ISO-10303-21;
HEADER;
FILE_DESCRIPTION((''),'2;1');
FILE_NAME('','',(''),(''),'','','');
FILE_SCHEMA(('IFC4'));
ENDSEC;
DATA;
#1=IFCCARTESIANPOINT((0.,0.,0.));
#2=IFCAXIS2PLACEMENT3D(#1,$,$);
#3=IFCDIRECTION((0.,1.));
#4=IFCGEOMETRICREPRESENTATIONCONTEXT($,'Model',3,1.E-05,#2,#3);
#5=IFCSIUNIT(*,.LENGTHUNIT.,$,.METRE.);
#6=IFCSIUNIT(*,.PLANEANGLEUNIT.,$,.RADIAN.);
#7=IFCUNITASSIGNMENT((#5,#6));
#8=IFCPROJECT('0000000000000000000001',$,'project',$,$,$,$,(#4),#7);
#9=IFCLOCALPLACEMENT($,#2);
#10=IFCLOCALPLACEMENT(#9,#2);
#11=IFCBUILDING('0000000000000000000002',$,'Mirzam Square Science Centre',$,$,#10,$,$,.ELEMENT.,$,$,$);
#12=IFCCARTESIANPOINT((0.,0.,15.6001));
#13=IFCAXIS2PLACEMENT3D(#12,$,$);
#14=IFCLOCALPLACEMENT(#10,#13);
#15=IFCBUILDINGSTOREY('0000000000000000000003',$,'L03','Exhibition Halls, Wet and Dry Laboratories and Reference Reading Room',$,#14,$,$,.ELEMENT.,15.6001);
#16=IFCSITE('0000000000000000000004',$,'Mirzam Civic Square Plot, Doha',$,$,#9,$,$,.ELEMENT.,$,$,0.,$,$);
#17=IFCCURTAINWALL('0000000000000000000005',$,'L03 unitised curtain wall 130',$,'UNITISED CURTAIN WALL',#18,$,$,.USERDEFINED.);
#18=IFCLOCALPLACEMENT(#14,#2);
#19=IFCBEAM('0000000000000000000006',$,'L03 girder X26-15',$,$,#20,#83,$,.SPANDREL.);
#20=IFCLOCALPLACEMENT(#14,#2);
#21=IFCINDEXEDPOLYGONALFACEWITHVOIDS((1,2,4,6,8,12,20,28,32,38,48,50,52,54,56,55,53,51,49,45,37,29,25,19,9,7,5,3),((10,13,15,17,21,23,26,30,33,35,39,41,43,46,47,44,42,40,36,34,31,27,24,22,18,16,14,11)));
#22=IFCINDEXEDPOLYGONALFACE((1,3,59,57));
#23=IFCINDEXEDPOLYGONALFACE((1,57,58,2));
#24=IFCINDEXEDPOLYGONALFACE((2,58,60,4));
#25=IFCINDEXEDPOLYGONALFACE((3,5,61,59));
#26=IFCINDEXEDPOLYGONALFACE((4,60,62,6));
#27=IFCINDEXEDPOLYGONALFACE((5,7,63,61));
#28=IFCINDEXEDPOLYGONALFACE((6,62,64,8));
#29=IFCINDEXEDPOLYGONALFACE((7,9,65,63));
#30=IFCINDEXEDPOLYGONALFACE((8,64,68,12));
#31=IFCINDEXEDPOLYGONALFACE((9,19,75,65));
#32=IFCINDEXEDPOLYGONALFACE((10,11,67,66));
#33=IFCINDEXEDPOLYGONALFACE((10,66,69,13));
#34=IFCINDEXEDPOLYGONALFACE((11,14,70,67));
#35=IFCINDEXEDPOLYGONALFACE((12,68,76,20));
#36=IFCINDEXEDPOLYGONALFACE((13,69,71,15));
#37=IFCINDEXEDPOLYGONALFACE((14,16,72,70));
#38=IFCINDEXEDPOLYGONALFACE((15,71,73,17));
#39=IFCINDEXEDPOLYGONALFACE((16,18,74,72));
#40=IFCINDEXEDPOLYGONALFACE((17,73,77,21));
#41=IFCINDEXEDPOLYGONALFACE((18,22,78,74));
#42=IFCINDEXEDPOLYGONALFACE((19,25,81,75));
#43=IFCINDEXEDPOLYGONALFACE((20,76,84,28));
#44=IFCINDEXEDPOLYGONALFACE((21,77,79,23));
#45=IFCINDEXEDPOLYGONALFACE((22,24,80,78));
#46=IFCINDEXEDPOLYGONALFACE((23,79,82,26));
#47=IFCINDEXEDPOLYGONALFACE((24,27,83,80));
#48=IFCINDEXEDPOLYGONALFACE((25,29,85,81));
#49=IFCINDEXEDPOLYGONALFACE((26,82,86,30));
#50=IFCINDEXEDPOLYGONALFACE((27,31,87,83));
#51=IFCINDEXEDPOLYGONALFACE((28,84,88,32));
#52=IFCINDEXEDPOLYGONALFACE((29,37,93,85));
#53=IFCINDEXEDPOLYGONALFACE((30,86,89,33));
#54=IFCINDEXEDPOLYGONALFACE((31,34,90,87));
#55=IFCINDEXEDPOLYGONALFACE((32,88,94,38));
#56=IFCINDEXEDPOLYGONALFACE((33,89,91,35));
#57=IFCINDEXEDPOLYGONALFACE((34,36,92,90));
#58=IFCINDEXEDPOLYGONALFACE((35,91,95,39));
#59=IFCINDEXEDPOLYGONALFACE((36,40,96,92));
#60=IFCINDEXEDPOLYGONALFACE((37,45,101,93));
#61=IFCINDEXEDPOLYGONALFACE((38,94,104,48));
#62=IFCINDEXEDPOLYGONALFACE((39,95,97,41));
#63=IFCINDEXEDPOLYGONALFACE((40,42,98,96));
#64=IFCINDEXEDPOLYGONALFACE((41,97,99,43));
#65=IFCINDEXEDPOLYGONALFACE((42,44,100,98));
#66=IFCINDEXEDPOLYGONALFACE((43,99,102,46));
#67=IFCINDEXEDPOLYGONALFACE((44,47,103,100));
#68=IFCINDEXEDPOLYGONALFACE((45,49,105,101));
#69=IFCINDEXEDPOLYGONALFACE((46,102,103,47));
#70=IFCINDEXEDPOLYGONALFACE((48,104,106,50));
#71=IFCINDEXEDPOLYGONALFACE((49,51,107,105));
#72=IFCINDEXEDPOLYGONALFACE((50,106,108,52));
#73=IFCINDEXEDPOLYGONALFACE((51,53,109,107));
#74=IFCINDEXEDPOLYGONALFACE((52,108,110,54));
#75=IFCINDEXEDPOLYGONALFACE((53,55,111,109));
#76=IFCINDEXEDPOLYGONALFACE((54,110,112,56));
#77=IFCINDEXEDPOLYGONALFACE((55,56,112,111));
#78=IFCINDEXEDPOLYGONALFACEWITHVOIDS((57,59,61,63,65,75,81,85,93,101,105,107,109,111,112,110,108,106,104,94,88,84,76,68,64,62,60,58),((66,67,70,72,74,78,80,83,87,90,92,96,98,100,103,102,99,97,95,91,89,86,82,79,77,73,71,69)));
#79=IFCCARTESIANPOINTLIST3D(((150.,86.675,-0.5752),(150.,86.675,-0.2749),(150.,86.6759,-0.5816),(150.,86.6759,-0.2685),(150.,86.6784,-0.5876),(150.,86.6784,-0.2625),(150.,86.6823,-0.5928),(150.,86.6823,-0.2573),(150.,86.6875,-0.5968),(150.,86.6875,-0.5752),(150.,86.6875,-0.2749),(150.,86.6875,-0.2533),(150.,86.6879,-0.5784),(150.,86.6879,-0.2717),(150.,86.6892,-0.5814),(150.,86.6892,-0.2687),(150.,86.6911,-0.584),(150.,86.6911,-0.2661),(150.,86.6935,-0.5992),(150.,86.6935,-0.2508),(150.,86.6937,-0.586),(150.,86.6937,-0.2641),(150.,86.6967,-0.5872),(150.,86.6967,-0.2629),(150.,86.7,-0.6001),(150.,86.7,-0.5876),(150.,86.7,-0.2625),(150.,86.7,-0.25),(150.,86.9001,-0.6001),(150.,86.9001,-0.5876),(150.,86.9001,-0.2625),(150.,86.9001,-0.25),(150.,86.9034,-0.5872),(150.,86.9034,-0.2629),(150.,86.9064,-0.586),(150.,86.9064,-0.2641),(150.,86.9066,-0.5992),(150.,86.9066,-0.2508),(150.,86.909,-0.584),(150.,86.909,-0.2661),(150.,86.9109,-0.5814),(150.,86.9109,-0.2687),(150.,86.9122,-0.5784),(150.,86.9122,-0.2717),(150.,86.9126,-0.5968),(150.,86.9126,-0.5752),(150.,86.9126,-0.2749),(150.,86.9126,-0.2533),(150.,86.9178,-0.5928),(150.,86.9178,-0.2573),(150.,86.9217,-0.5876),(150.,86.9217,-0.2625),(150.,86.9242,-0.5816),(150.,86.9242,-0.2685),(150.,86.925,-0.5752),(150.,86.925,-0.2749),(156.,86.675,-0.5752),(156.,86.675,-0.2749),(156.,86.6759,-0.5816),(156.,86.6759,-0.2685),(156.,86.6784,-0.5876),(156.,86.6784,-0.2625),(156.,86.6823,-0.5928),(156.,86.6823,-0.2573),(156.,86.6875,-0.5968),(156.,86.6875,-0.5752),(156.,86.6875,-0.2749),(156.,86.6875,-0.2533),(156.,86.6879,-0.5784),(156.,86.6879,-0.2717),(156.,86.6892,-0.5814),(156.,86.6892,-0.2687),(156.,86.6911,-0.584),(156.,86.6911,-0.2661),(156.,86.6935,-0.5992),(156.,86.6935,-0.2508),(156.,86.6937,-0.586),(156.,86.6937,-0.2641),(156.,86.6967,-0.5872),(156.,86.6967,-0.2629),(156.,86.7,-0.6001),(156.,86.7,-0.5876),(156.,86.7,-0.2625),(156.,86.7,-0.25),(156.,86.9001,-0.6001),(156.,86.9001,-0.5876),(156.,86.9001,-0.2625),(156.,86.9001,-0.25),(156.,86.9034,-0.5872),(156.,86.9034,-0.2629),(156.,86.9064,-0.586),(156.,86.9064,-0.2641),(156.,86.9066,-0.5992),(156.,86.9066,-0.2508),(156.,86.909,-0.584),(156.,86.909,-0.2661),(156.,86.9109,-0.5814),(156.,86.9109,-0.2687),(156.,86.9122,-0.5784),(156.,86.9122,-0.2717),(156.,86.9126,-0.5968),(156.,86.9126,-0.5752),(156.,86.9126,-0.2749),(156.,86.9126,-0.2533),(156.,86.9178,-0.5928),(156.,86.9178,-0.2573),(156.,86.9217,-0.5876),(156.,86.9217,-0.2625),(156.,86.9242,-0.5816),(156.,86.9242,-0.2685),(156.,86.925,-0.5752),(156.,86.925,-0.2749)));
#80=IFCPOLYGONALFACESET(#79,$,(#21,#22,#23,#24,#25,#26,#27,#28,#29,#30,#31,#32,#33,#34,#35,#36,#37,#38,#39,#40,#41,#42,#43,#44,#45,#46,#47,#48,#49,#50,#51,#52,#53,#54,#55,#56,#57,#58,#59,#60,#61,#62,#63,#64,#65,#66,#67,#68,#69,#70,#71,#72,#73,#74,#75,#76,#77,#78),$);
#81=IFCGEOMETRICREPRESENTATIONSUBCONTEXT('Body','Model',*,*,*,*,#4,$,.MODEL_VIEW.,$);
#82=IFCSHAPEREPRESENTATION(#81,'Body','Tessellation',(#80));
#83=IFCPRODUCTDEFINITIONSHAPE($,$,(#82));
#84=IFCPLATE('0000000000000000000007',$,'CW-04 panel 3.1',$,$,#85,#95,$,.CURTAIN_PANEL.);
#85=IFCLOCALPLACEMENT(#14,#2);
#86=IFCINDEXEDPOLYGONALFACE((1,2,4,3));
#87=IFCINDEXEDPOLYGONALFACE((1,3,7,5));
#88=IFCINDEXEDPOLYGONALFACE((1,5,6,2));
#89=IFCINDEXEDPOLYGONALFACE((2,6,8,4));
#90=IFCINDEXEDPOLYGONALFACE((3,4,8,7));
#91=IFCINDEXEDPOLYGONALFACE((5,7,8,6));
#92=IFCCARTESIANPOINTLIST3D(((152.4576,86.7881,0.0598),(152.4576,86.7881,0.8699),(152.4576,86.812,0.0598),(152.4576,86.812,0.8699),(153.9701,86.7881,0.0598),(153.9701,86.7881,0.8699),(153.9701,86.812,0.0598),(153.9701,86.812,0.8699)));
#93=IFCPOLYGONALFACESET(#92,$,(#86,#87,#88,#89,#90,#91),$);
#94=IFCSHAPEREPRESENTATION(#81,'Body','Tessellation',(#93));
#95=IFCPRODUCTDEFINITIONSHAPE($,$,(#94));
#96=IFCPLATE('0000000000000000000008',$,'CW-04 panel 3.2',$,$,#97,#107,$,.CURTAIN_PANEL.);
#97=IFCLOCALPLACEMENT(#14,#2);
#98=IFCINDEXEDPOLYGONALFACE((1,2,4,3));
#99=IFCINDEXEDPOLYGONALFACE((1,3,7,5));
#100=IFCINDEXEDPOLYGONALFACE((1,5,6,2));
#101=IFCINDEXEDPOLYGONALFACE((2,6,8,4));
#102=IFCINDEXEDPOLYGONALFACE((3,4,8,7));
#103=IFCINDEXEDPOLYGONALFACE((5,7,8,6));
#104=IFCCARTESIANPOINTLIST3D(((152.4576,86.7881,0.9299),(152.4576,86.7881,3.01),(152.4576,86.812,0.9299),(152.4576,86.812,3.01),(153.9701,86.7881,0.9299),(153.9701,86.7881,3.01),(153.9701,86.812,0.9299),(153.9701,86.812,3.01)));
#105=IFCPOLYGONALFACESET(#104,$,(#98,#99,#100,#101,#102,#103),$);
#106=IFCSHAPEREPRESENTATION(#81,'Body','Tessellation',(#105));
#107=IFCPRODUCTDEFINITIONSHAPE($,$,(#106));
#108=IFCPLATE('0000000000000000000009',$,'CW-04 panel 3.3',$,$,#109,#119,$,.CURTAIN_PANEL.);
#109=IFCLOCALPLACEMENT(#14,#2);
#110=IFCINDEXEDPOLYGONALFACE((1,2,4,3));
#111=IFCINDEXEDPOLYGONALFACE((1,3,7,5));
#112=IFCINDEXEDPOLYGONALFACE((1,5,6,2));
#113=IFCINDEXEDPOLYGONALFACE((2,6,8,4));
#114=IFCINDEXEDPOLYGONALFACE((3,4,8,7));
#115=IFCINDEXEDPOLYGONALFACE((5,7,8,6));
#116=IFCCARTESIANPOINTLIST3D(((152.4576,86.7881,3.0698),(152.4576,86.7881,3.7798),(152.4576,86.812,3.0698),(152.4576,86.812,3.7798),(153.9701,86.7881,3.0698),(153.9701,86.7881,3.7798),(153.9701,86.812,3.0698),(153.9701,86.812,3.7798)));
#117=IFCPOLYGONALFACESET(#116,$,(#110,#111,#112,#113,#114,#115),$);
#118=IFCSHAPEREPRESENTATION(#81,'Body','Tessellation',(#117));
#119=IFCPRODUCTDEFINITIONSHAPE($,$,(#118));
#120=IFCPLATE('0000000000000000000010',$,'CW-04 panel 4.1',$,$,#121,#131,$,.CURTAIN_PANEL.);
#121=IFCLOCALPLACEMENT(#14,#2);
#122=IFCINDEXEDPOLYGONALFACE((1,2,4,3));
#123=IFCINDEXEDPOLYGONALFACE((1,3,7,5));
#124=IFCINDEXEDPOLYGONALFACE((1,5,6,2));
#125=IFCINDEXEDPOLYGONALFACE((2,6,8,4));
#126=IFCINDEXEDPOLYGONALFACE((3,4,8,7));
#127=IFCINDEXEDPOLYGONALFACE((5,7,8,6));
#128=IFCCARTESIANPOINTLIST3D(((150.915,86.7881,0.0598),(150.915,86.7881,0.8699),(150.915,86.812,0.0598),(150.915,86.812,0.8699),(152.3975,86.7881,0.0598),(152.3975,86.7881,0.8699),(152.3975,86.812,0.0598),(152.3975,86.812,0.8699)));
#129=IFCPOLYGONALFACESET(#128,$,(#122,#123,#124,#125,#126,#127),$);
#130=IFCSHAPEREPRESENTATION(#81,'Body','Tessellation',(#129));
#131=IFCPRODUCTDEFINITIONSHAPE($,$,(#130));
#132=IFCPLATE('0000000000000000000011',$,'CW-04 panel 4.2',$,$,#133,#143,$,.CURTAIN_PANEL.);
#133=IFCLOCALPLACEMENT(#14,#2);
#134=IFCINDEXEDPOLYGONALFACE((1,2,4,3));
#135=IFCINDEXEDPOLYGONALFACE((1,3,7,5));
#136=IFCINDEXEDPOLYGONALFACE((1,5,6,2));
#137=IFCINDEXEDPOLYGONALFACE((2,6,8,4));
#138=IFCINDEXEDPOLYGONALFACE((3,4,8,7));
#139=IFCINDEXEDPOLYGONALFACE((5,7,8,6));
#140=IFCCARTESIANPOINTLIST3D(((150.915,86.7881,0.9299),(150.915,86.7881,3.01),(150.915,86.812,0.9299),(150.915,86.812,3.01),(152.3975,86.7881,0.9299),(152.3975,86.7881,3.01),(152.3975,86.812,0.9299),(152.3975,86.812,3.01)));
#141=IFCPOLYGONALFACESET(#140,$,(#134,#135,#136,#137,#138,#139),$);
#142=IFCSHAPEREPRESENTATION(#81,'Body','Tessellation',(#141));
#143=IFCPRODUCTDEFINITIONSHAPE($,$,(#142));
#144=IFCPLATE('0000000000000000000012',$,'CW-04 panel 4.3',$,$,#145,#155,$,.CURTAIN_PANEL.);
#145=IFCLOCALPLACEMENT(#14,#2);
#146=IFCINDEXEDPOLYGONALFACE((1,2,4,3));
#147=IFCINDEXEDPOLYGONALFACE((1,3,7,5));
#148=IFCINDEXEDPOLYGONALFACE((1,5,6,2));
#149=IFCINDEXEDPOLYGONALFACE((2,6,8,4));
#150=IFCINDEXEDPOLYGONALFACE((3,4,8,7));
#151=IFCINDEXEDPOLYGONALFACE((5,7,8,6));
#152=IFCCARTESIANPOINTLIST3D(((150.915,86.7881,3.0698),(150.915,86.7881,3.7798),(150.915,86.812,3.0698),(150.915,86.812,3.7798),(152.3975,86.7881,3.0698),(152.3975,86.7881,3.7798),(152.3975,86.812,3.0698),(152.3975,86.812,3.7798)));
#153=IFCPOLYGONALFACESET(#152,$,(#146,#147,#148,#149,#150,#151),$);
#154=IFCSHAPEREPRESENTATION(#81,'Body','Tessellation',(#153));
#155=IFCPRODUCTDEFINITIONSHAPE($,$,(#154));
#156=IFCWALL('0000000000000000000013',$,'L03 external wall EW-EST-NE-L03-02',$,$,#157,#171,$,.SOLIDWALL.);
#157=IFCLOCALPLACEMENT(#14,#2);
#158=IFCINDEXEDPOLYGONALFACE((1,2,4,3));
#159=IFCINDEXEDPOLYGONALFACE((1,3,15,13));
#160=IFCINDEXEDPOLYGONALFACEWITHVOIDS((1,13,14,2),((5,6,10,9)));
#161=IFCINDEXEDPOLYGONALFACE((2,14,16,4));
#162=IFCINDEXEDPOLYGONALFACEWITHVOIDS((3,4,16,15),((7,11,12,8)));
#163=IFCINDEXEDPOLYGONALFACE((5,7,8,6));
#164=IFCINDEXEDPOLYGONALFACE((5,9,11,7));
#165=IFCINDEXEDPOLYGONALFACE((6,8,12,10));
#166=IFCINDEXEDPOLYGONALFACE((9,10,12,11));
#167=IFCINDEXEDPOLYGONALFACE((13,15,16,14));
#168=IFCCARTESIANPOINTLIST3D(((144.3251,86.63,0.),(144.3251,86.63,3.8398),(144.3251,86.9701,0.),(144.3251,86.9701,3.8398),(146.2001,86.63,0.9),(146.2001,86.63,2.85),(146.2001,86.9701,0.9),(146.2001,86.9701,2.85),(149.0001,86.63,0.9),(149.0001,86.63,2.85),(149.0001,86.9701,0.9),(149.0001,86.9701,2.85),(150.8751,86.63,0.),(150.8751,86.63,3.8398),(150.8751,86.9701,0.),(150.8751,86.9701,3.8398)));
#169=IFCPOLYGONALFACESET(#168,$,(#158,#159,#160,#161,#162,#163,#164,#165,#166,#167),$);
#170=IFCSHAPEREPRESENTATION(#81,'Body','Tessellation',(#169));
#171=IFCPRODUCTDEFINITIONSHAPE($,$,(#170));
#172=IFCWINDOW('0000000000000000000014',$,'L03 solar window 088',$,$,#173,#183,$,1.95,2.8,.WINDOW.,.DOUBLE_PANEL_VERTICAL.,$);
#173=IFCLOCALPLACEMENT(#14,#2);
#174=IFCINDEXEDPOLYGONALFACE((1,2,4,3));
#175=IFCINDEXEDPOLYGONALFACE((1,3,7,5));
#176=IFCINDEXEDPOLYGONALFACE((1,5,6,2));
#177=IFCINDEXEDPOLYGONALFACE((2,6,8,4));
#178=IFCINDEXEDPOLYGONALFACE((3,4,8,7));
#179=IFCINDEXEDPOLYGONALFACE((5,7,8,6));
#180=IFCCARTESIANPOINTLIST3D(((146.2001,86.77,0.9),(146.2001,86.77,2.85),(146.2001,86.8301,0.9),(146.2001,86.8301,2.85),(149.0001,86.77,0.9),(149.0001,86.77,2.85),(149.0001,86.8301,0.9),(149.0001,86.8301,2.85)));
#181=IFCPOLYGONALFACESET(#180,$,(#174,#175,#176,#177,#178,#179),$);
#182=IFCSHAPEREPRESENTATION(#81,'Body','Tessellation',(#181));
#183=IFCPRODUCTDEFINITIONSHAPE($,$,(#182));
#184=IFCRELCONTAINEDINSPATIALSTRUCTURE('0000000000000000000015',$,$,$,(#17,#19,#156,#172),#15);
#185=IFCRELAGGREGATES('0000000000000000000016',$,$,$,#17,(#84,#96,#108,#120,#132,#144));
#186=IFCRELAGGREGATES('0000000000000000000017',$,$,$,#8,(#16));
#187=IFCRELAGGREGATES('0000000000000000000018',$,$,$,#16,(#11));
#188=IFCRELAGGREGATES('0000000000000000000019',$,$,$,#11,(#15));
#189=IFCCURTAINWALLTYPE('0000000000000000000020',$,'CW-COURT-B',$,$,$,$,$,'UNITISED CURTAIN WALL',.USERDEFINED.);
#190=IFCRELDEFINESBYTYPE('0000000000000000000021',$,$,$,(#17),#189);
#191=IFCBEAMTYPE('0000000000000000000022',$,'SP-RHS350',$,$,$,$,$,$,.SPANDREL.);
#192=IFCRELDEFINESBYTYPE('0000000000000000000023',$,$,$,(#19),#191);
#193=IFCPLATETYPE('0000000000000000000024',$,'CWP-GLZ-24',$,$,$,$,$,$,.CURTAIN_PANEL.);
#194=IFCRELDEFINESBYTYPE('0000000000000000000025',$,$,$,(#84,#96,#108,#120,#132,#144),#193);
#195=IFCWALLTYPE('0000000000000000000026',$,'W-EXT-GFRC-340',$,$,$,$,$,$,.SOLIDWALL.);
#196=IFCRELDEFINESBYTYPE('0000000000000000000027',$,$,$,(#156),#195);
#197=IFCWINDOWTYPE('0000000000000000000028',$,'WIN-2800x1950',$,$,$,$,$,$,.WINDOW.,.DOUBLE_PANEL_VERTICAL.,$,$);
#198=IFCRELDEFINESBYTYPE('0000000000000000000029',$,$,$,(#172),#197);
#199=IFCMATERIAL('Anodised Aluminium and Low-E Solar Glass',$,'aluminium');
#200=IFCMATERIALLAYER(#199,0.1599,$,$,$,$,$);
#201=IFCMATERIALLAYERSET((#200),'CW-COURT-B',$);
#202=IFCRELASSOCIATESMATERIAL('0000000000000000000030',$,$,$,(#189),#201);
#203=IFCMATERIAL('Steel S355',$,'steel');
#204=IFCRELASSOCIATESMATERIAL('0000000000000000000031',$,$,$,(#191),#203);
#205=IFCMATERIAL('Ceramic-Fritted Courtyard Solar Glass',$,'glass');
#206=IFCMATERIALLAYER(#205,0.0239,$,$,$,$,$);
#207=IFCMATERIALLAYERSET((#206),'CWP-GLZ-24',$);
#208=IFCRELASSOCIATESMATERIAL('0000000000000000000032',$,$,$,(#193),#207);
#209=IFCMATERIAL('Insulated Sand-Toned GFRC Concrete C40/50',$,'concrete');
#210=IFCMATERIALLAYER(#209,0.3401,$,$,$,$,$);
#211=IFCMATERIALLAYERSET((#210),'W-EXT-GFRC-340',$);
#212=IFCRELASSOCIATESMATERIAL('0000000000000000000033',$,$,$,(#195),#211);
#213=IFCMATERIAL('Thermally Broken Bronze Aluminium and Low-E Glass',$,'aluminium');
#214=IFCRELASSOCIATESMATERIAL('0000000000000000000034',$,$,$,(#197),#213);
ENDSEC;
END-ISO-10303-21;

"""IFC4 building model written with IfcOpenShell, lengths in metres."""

from ifc_helpers import new_model, si_unit, direction, frame, frame_2d, origin, origin_2d, place, context, subcontext, project, spatial, rectangle, hollow_rectangle, extrude, material, layer, layer_set, material_profile, profile_set, type_object, element, fill, aggregate, save


model = new_model("IFC4")

# Units and contexts
model_context = context("Model", 3, precision=1e-05, world=origin(), true_north=direction((0.0, 1.0)))
body_context = subcontext(model_context, "Body", "Model", "MODEL_VIEW")
ifc_project = project(units=[si_unit("LENGTHUNIT", "METRE"), si_unit("PLANEANGLEUNIT", "RADIAN")], contexts=[model_context])

# Site, building, storey
site_placement = place(None, origin())
site = spatial("IfcSite", under=ifc_project, at=site_placement, Name="Mirzam Civic Square Plot, Doha", CompositionType="ELEMENT", RefElevation=0.0)
building_placement = place(site_placement, origin())
building = spatial("IfcBuilding", under=site, at=building_placement, Name="Mirzam Square Science Centre", CompositionType="ELEMENT")
storey_placement = place(building_placement, frame((0.0, 0.0, 15.6001)))
storey = spatial("IfcBuildingStorey", under=building, at=storey_placement, Name="L03", Description="Exhibition Halls, Wet and Dry Laboratories and Reference Reading Room", CompositionType="ELEMENT", Elevation=15.6001)

# Shared definitions
ifc_material_1 = material(Name="Steel S355", Category="steel")

# Curtain wall
ifc_material_2 = material(Name="Anodised Aluminium and Low-E Solar Glass", Category="aluminium")
ifc_layer_1 = layer(ifc_material_2, 0.1599)
ifc_layer_set_1 = layer_set([ifc_layer_1], Name="CW-COURT-B")
curtain_wall_type_1 = type_object("IfcCurtainWallType", Name="CW-COURT-B", ElementType="UNITISED CURTAIN WALL", PredefinedType="USERDEFINED", material=ifc_layer_set_1)
curtain_wall_1_placement = place(storey_placement, origin())
curtain_wall_1 = element("IfcCurtainWall", 1, at=curtain_wall_1_placement, inside=storey, type_object=curtain_wall_type_1, Name="L03 unitised curtain wall 130", ObjectType="UNITISED CURTAIN WALL", PredefinedType="USERDEFINED")

# Beam
ifc_material_profile_1 = material_profile(ifc_material_1, hollow_rectangle(XDim=0.25, YDim=0.3501, WallThickness=0.0125, InnerFilletRadius=0.0125, OuterFilletRadius=0.0249, at=origin_2d()), Name="350x250x12.5RHS")
ifc_profile_set_1 = profile_set([ifc_material_profile_1], Name="Steel S355")
beam_type_1 = type_object("IfcBeamType", Name="SP-RHS350", PredefinedType="SPANDREL", material=ifc_profile_set_1)
beam_1_placement = place(storey_placement, frame((150.0, 86.8, -0.425), z_axis=(1.0, 0.0, 0.0), x_axis=(0.0, 1.0, 0.0)))
element("IfcBeam", 2, at=beam_1_placement, inside=storey, type_object=beam_type_1, Name="L03 girder X26-15", PredefinedType="SPANDREL", context=body_context, shape_type="SweptSolid", body=[
    extrude(hollow_rectangle(XDim=0.25, YDim=0.3501, WallThickness=0.0125, InnerFilletRadius=0.0125, OuterFilletRadius=0.0249, at=origin_2d()), origin(), (0.0, 0.0, 1.0), 6.0),
])

# Plates
ifc_material_3 = material(Name="Ceramic-Fritted Courtyard Solar Glass", Category="glass")
ifc_layer_2 = layer(ifc_material_3, 0.0239)
ifc_layer_set_2 = layer_set([ifc_layer_2], Name="CWP-GLZ-24")
plate_type = type_object("IfcPlateType", Name="CWP-GLZ-24", PredefinedType="CURTAIN_PANEL", material=ifc_layer_set_2)
plate_1_placement = place(storey_placement, frame((153.2139, 86.8, 0.0598), z_axis=(0.0, 0.0, 1.0), x_axis=(-1.0, 0.0, 0.0)))
plate_1 = element("IfcPlate", 3, at=plate_1_placement, type_object=plate_type, Name="CW-04 panel 3.1", PredefinedType="CURTAIN_PANEL", context=body_context, shape_type="SweptSolid", body=[
    extrude(rectangle(XDim=1.5125, YDim=0.0239, at=origin_2d()), origin(), (0.0, 0.0, 1.0), 0.8101),
])
plate_2_placement = place(storey_placement, frame((153.2139, 86.8, 0.9299), z_axis=(0.0, 0.0, 1.0), x_axis=(-1.0, 0.0, 0.0)))
plate_2 = element("IfcPlate", 4, at=plate_2_placement, type_object=plate_type, Name="CW-04 panel 3.2", PredefinedType="CURTAIN_PANEL", context=body_context, shape_type="SweptSolid", body=[
    extrude(rectangle(XDim=1.5125, YDim=0.0239, at=origin_2d()), origin(), (0.0, 0.0, 1.0), 2.0801),
])
plate_3_placement = place(storey_placement, frame((153.2139, 86.8, 3.0698), z_axis=(0.0, 0.0, 1.0), x_axis=(-1.0, 0.0, 0.0)))
plate_3 = element("IfcPlate", 5, at=plate_3_placement, type_object=plate_type, Name="CW-04 panel 3.3", PredefinedType="CURTAIN_PANEL", context=body_context, shape_type="SweptSolid", body=[
    extrude(rectangle(XDim=1.5125, YDim=0.0239, at=origin_2d()), origin(), (0.0, 0.0, 1.0), 0.71),
])
plate_4_placement = place(storey_placement, frame((151.6562, 86.8, 0.0598), z_axis=(0.0, 0.0, 1.0), x_axis=(-1.0, 0.0, 0.0)))
plate_4 = element("IfcPlate", 6, at=plate_4_placement, type_object=plate_type, Name="CW-04 panel 4.1", PredefinedType="CURTAIN_PANEL", context=body_context, shape_type="SweptSolid", body=[
    extrude(rectangle(XDim=1.4824, YDim=0.0239, at=origin_2d()), origin(), (0.0, 0.0, 1.0), 0.8101),
])
plate_5_placement = place(storey_placement, frame((151.6562, 86.8, 0.9299), z_axis=(0.0, 0.0, 1.0), x_axis=(-1.0, 0.0, 0.0)))
plate_5 = element("IfcPlate", 7, at=plate_5_placement, type_object=plate_type, Name="CW-04 panel 4.2", PredefinedType="CURTAIN_PANEL", context=body_context, shape_type="SweptSolid", body=[
    extrude(rectangle(XDim=1.4824, YDim=0.0239, at=origin_2d()), origin(), (0.0, 0.0, 1.0), 2.0801),
])
plate_6_placement = place(storey_placement, frame((151.6562, 86.8, 3.0698), z_axis=(0.0, 0.0, 1.0), x_axis=(-1.0, 0.0, 0.0)))
plate_6 = element("IfcPlate", 8, at=plate_6_placement, type_object=plate_type, Name="CW-04 panel 4.3", PredefinedType="CURTAIN_PANEL", context=body_context, shape_type="SweptSolid", body=[
    extrude(rectangle(XDim=1.4824, YDim=0.0239, at=origin_2d()), origin(), (0.0, 0.0, 1.0), 0.71),
])
aggregate(curtain_wall_1, [plate_1, plate_2, plate_3, plate_4, plate_5, plate_6])

# Wall, opening, window
ifc_material_4 = material(Name="Insulated Sand-Toned GFRC Concrete C40/50", Category="concrete")
ifc_layer_3 = layer(ifc_material_4, 0.3401)
ifc_layer_set_3 = layer_set([ifc_layer_3], Name="W-EXT-GFRC-340")
wall_type = type_object("IfcWallType", Name="W-EXT-GFRC-340", PredefinedType="SOLIDWALL", material=ifc_layer_set_3)
wall_placement = place(storey_placement, frame((150.875, 86.8, 0.0), z_axis=(0.0, 0.0, 1.0), x_axis=(-1.0, 0.0, 0.0)))
wall = element("IfcWall", 9, at=wall_placement, inside=storey, type_object=wall_type, Name="L03 external wall EW-EST-NE-L03-02", PredefinedType="SOLIDWALL", context=body_context, shape_type="SweptSolid", body=[
    extrude(rectangle(XDim=6.55, YDim=0.3401, at=frame_2d((3.2749, 0.0))), origin(), (0.0, 0.0, 1.0), 3.8398),
])
opening_placement = place(wall_placement, frame((1.875, 0.0, 0.8999)))
opening = element("IfcOpeningElement", 10, at=opening_placement, cuts=wall, PredefinedType="OPENING", context=body_context, shape_type="SweptSolid", body=[
    extrude(rectangle(XDim=2.8, YDim=1.95, at=frame_2d((1.3999, 0.9751))), frame((0.0, 0.1799, 0.0), z_axis=(0.0, -1.0, 0.0), x_axis=(1.0, 0.0, 0.0)), (0.0, 0.0, 1.0), 0.3601),
])
ifc_material_5 = material(Name="Thermally Broken Bronze Aluminium and Low-E Glass", Category="aluminium")
window_type = type_object("IfcWindowType", Name="WIN-2800x1950", PartitioningType="DOUBLE_PANEL_VERTICAL", PredefinedType="WINDOW", material=ifc_material_5)
window_placement = place(opening_placement, origin())
window = element("IfcWindow", 11, at=window_placement, inside=storey, type_object=window_type, Name="L03 solar window 088", OverallHeight=1.95, OverallWidth=2.8, PartitioningType="DOUBLE_PANEL_VERTICAL", PredefinedType="WINDOW", context=body_context, shape_type="SweptSolid", body=[
    extrude(rectangle(XDim=2.8, YDim=1.95, at=frame_2d((1.3999, 0.9751))), frame((0.0, 0.03, 0.0), z_axis=(0.0, -1.0, 0.0), x_axis=(1.0, 0.0, 0.0)), (0.0, 0.0, 1.0), 0.0601),
])
fill(opening, window)

save(model, "model.ifc")
